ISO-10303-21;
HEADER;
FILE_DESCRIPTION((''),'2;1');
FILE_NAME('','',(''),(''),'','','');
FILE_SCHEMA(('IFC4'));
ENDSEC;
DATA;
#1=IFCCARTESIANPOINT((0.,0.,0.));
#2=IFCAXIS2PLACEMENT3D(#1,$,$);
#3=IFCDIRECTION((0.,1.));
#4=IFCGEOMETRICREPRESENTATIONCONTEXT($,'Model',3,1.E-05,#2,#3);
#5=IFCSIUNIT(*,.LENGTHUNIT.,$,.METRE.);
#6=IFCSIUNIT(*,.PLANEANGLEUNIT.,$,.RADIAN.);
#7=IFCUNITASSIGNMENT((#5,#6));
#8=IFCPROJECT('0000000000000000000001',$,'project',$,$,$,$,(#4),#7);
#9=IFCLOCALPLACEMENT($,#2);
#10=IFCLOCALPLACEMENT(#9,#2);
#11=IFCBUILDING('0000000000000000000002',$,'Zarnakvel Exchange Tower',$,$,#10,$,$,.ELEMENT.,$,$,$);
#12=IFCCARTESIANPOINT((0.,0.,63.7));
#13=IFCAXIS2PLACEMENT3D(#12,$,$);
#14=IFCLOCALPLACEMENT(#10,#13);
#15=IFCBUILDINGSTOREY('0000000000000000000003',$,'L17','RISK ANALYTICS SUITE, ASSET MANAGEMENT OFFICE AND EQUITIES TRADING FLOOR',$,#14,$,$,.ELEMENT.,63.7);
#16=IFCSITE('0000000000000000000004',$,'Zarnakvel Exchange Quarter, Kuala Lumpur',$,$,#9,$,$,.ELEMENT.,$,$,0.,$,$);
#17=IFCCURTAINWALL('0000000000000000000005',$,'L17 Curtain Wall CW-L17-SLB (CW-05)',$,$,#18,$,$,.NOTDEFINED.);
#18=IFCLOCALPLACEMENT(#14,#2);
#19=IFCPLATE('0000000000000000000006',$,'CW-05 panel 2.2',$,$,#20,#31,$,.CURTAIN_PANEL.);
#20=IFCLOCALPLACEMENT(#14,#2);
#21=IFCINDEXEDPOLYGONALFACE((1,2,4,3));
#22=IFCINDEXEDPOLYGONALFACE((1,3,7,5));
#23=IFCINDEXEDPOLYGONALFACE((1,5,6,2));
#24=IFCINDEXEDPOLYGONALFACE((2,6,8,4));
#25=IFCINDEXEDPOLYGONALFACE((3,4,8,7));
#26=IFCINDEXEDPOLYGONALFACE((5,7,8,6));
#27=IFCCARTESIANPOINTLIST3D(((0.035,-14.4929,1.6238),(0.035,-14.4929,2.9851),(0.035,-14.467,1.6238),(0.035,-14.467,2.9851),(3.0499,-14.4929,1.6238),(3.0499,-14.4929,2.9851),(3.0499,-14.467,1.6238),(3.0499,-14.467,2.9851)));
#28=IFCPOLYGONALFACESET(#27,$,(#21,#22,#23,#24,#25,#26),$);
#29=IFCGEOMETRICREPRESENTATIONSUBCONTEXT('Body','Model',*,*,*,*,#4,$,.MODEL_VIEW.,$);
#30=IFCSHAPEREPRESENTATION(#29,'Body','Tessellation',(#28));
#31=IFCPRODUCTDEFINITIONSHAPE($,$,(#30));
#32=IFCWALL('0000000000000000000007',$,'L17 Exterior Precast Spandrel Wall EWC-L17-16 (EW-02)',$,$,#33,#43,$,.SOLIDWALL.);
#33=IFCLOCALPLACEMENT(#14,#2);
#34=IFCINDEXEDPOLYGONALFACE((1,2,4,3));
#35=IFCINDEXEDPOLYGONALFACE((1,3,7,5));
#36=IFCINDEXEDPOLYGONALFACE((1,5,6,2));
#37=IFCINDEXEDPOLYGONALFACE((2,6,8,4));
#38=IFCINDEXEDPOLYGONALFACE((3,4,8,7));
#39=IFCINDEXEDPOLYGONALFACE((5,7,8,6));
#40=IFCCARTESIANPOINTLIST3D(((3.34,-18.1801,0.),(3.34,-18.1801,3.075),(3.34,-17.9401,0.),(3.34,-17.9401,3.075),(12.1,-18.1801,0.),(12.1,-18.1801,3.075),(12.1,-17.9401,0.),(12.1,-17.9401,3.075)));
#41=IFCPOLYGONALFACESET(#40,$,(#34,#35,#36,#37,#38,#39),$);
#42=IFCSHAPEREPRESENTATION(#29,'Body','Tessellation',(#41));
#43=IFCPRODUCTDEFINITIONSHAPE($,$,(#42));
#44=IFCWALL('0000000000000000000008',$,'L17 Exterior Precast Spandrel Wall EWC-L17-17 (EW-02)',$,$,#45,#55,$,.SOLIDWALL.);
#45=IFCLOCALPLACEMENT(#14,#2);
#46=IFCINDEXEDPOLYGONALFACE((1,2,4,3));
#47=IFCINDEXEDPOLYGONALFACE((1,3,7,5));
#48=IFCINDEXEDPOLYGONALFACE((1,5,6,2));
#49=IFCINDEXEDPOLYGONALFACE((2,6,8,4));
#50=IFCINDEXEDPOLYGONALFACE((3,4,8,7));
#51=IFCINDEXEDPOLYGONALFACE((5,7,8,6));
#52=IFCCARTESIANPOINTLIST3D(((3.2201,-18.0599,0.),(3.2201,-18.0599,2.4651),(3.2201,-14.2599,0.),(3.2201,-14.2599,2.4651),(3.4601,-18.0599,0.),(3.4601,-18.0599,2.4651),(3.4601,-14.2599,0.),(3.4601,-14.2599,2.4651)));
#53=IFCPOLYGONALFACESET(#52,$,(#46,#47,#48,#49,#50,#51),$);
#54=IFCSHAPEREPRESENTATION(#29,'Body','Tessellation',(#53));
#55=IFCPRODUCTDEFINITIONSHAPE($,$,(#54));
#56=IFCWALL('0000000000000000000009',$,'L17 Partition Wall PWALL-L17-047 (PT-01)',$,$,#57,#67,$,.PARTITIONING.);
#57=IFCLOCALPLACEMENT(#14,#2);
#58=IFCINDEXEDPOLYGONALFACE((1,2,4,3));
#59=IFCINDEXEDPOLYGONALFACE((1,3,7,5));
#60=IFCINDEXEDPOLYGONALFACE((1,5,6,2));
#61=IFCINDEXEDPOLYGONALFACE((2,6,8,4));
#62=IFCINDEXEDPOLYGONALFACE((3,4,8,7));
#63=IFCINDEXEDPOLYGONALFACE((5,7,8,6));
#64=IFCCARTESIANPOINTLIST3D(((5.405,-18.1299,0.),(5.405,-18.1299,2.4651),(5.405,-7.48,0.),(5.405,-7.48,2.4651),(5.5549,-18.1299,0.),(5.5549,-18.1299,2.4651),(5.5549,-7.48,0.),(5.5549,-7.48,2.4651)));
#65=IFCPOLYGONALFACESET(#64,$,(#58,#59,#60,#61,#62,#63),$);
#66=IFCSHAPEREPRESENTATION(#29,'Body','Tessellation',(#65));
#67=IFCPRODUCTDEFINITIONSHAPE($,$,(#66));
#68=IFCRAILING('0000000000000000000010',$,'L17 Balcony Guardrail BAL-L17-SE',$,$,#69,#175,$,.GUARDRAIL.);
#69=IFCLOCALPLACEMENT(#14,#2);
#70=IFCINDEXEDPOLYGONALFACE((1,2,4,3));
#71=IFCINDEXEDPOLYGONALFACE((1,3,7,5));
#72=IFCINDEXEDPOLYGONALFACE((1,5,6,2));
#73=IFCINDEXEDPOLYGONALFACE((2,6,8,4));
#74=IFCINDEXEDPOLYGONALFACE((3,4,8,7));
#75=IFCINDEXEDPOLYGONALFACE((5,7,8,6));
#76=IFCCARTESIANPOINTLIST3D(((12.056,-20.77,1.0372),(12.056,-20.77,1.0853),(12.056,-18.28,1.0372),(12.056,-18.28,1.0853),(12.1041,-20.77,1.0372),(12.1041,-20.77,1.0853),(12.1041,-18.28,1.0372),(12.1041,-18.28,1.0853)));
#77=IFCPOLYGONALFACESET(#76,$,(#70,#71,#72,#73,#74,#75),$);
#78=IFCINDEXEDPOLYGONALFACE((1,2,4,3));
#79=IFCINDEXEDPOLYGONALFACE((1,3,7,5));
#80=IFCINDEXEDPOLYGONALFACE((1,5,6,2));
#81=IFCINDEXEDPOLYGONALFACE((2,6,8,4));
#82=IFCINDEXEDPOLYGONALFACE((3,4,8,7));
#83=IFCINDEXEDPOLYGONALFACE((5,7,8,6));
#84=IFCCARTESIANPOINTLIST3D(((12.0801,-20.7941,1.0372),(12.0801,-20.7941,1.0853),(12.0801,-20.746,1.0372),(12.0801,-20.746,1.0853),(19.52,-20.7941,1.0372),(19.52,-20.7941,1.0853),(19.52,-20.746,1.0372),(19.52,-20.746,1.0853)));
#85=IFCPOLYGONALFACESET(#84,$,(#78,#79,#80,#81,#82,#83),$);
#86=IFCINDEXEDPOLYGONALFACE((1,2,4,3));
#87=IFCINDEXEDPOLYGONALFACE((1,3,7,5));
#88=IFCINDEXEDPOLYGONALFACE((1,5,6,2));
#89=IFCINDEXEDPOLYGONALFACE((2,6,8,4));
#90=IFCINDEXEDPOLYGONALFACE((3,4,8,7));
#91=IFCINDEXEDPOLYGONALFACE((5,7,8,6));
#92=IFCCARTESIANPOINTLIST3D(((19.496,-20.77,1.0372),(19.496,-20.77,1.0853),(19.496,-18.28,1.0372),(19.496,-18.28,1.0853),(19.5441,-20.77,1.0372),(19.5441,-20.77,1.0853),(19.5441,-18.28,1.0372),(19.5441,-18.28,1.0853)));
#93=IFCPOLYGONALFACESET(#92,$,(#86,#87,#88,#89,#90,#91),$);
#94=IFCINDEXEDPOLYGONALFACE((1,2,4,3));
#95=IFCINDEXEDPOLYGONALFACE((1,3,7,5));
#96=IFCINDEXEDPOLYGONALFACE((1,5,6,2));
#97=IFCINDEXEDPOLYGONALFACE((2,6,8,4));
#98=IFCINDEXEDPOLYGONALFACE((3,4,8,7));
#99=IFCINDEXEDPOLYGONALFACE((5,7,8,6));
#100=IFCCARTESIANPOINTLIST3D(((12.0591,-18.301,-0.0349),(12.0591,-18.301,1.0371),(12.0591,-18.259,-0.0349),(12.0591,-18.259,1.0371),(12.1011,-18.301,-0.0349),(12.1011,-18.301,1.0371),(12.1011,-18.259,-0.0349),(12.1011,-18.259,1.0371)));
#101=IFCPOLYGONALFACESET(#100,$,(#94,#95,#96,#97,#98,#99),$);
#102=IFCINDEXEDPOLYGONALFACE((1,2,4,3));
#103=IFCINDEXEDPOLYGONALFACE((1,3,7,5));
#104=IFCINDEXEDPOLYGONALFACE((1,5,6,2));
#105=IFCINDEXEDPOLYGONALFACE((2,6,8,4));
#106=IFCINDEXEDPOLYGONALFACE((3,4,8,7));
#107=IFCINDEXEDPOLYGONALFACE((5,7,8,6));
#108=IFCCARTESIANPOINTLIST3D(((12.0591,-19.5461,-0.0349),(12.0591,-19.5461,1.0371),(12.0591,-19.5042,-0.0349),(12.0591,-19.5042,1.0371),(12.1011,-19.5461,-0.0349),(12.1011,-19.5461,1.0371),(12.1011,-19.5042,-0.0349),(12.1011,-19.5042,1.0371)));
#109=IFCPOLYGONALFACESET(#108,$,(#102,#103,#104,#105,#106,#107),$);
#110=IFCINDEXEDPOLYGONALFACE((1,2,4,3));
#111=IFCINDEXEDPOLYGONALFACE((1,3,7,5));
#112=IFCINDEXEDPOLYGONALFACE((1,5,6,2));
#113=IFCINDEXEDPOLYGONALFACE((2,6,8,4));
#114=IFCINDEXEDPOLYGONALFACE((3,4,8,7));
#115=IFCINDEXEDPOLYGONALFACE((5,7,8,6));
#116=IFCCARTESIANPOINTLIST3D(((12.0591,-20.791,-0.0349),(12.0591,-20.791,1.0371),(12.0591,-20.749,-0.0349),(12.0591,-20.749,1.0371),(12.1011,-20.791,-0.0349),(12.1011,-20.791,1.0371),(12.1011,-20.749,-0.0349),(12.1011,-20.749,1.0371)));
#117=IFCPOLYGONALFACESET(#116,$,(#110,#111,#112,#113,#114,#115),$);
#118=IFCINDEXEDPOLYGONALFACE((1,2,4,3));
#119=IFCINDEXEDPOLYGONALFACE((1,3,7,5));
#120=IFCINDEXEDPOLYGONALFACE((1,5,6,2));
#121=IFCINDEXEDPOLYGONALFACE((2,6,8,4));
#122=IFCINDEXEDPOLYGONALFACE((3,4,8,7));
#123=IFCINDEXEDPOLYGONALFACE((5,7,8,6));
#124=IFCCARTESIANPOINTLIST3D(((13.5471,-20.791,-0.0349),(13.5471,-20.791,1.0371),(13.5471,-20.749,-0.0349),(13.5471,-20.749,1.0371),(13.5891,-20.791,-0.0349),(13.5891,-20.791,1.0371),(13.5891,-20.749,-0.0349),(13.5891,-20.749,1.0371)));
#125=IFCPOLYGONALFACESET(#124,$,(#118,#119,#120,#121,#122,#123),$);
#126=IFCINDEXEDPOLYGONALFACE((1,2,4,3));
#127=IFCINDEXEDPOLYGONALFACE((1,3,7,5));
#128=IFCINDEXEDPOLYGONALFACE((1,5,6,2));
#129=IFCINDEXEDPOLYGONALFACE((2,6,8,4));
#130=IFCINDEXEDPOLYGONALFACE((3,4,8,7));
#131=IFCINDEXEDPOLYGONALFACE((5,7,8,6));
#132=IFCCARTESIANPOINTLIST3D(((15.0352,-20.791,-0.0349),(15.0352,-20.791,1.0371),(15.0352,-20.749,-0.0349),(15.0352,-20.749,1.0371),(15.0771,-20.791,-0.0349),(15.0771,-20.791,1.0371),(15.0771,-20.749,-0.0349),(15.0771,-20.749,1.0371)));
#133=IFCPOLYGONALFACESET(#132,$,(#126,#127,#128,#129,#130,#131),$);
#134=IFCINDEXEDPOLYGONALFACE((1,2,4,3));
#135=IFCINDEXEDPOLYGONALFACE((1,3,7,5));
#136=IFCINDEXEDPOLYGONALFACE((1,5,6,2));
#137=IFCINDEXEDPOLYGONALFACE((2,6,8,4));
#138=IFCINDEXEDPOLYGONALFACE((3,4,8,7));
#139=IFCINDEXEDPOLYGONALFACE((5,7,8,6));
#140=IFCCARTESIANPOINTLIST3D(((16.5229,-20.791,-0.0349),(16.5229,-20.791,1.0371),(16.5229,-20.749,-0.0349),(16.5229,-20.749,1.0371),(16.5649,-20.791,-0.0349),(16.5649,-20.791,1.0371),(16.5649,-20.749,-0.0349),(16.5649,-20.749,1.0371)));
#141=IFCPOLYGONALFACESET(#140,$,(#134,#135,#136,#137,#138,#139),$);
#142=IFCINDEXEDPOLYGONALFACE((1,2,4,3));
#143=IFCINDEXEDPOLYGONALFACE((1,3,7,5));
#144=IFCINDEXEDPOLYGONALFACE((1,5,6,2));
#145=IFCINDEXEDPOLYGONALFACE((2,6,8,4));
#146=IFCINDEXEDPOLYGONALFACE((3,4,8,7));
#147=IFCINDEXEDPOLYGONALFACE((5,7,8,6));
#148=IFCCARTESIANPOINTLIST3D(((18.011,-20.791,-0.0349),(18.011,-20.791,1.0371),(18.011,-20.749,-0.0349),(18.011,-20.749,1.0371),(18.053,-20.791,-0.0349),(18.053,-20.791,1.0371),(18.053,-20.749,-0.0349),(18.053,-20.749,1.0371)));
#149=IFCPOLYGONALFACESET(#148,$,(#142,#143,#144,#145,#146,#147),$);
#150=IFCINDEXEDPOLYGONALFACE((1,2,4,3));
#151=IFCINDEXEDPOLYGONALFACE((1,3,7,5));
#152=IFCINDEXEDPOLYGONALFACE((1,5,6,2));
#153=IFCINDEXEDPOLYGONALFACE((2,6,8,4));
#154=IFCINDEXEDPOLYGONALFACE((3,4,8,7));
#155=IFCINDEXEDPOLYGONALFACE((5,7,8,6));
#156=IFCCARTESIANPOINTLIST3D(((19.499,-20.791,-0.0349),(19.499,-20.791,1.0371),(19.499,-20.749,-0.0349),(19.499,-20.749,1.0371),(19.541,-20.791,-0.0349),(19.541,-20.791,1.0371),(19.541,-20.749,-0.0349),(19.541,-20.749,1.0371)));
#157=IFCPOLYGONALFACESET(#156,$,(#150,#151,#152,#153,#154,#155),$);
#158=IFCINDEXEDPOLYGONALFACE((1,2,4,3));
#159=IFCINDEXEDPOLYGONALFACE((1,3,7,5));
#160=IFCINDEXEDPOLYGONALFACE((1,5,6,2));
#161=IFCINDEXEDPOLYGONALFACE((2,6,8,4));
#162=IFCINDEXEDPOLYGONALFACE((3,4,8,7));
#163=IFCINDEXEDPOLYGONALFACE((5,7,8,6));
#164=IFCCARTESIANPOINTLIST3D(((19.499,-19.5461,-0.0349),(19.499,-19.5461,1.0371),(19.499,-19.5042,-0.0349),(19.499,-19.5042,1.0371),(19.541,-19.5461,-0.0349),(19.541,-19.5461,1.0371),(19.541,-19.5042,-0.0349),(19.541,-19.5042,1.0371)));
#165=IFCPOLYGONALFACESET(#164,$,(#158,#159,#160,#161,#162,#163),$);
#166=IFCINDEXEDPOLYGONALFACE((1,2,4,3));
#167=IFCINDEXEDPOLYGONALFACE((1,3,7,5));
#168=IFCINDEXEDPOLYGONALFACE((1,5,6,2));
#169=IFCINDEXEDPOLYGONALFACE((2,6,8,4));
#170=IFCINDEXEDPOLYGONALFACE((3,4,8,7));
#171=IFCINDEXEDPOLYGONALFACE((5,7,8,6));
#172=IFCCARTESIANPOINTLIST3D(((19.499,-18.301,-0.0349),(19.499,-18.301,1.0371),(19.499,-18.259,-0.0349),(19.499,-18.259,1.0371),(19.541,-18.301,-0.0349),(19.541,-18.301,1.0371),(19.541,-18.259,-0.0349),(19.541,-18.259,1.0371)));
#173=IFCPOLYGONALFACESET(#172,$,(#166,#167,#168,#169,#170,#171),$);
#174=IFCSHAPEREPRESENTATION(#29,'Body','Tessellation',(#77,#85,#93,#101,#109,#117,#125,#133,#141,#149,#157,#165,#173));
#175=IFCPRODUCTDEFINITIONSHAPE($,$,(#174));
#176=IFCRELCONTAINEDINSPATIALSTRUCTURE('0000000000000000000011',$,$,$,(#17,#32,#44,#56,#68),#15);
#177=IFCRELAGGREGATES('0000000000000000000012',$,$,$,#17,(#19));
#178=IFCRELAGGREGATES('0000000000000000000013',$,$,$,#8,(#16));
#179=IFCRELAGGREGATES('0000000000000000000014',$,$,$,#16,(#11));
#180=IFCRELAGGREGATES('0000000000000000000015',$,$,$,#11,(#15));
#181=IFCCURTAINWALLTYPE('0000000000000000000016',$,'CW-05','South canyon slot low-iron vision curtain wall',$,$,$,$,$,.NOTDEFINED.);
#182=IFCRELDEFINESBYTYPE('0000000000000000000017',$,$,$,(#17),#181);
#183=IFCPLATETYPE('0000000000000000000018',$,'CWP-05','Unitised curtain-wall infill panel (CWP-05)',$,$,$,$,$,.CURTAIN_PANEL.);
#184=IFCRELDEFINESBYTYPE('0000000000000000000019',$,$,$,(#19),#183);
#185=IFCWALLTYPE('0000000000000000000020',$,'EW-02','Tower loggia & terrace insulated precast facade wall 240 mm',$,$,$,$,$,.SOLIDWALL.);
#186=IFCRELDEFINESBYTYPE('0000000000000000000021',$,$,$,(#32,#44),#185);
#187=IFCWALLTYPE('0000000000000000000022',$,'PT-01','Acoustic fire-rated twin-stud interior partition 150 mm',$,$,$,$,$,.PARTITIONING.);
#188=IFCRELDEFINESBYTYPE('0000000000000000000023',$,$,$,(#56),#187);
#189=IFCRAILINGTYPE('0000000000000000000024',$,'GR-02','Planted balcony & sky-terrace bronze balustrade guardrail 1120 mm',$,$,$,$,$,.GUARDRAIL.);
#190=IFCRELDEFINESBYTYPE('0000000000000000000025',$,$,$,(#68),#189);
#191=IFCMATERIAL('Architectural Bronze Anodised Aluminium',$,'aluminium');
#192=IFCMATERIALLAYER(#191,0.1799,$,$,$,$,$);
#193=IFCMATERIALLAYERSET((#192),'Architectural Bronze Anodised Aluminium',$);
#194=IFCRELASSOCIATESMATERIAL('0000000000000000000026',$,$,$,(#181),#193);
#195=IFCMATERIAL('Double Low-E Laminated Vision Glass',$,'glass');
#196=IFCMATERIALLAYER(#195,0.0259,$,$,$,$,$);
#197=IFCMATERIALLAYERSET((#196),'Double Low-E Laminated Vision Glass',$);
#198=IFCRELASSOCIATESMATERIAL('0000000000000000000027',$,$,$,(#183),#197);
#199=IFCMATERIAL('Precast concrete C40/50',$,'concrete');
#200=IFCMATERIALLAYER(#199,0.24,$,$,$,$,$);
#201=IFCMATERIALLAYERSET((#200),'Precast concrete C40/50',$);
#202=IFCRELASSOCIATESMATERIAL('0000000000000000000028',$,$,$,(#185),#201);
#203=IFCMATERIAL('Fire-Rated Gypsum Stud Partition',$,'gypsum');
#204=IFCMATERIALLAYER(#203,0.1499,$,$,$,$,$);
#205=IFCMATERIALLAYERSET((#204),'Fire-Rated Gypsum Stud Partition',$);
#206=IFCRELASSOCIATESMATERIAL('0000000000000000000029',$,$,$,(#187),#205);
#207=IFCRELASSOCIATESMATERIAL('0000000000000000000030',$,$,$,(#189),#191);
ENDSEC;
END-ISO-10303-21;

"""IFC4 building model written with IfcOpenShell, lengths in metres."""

from ifc_helpers import new_model, si_unit, direction, frame, frame_2d, origin, origin_2d, place, context, subcontext, project, spatial, rectangle, extrude, source, transform, mapped, material, layer, layer_set, type_object, element, aggregate, save


model = new_model("IFC4")

# Units and contexts
model_context = context("Model", 3, precision=1e-05, world=origin(), true_north=direction((0.0, 1.0)))
body_context = subcontext(model_context, "Body", "Model", "MODEL_VIEW")
ifc_project = project(units=[si_unit("LENGTHUNIT", "METRE"), si_unit("PLANEANGLEUNIT", "RADIAN")], contexts=[model_context])

# Site, building, storey
site_placement = place(None, origin())
site = spatial("IfcSite", under=ifc_project, at=site_placement, Name="Zarnakvel Exchange Quarter, Kuala Lumpur", CompositionType="ELEMENT", RefElevation=0.0)
building_placement = place(site_placement, origin())
building = spatial("IfcBuilding", under=site, at=building_placement, Name="Zarnakvel Exchange Tower", CompositionType="ELEMENT")
storey_placement = place(building_placement, frame((0.0, 0.0, 63.7)))
storey = spatial("IfcBuildingStorey", under=building, at=storey_placement, Name="L17", Description="RISK ANALYTICS SUITE, ASSET MANAGEMENT OFFICE AND EQUITIES TRADING FLOOR", CompositionType="ELEMENT", Elevation=63.7)

# Curtain wall
ifc_material_1 = material(Name="Architectural Bronze Anodised Aluminium", Category="aluminium")
ifc_layer_1 = layer(ifc_material_1, 0.1799)
ifc_layer_set_1 = layer_set([ifc_layer_1], Name="Architectural Bronze Anodised Aluminium")
curtain_wall_type = type_object("IfcCurtainWallType", Name="CW-05", Description="South canyon slot low-iron vision curtain wall", PredefinedType="NOTDEFINED", material=ifc_layer_set_1)
curtain_wall_1_placement = place(storey_placement, origin())
curtain_wall_1 = element("IfcCurtainWall", 1, at=curtain_wall_1_placement, inside=storey, type_object=curtain_wall_type, Name="L17 Curtain Wall CW-L17-SLB (CW-05)", PredefinedType="NOTDEFINED")

# Plate
ifc_material_2 = material(Name="Double Low-E Laminated Vision Glass", Category="glass")
ifc_layer_2 = layer(ifc_material_2, 0.0259)
ifc_layer_set_2 = layer_set([ifc_layer_2], Name="Double Low-E Laminated Vision Glass")
plate_type = type_object("IfcPlateType", Name="CWP-05", Description="Unitised curtain-wall infill panel (CWP-05)", PredefinedType="CURTAIN_PANEL", material=ifc_layer_set_2)
shared_shape_1 = source(origin(), body_context, "Body", "SweptSolid", [
    extrude(rectangle(XDim=3.0149, YDim=0.0259, at=origin_2d()), origin(), (0.0, 0.0, 1.0), 1.3613),
])
plate_1_placement = place(storey_placement, frame((1.5425, -14.48, 1.6238), z_axis=(0.0, 0.0, 1.0), x_axis=(1.0, 0.0, 0.0)))
plate_1 = element("IfcPlate", 2, at=plate_1_placement, type_object=plate_type, Name="CW-05 panel 2.2", PredefinedType="CURTAIN_PANEL", context=body_context, shape_type="MappedRepresentation", body=[
    mapped(shared_shape_1, transform((0.0, 0.0, 0.0), x_axis=(1.0, 0.0, 0.0), y_axis=(0.0, 1.0, 0.0), z_axis=(0.0, 0.0, 1.0), scale=1.0)),
])
aggregate(curtain_wall_1, [plate_1])

# Walls
ifc_material_3 = material(Name="Precast concrete C40/50", Category="concrete")
ifc_layer_3 = layer(ifc_material_3, 0.24)
ifc_layer_set_3 = layer_set([ifc_layer_3], Name="Precast concrete C40/50")
wall_type_1 = type_object("IfcWallType", Name="EW-02", Description="Tower loggia & terrace insulated precast facade wall 240 mm", PredefinedType="SOLIDWALL", material=ifc_layer_set_3)
wall_1_placement = place(storey_placement, frame((3.3401, -18.0601, 0.0), z_axis=(0.0, 0.0, 1.0), x_axis=(1.0, 0.0, 0.0)))
element("IfcWall", 3, at=wall_1_placement, inside=storey, type_object=wall_type_1, Name="L17 Exterior Precast Spandrel Wall EWC-L17-16 (EW-02)", PredefinedType="SOLIDWALL", context=body_context, shape_type="SweptSolid", body=[
    extrude(rectangle(XDim=8.76, YDim=0.24, at=frame_2d((4.3799, 0.0))), origin(), (0.0, 0.0, 1.0), 3.075),
])
wall_2_placement = place(storey_placement, frame((3.3401, -14.26, 0.0), z_axis=(0.0, 0.0, 1.0), x_axis=(0.0, -1.0, 0.0)))
element("IfcWall", 4, at=wall_2_placement, inside=storey, type_object=wall_type_1, Name="L17 Exterior Precast Spandrel Wall EWC-L17-17 (EW-02)", PredefinedType="SOLIDWALL", context=body_context, shape_type="SweptSolid", body=[
    extrude(rectangle(XDim=3.8, YDim=0.24, at=frame_2d((1.8999, 0.0))), origin(), (0.0, 0.0, 1.0), 2.4651),
])
ifc_material_4 = material(Name="Fire-Rated Gypsum Stud Partition", Category="gypsum")
ifc_layer_4 = layer(ifc_material_4, 0.1499)
ifc_layer_set_4 = layer_set([ifc_layer_4], Name="Fire-Rated Gypsum Stud Partition")
wall_type_2 = type_object("IfcWallType", Name="PT-01", Description="Acoustic fire-rated twin-stud interior partition 150 mm", PredefinedType="PARTITIONING", material=ifc_layer_set_4)
wall_3_placement = place(storey_placement, frame((5.48, -18.1299, 0.0), z_axis=(0.0, 0.0, 1.0), x_axis=(0.0, 1.0, 0.0)))
element("IfcWall", 5, at=wall_3_placement, inside=storey, type_object=wall_type_2, Name="L17 Partition Wall PWALL-L17-047 (PT-01)", PredefinedType="PARTITIONING", context=body_context, shape_type="SweptSolid", body=[
    extrude(rectangle(XDim=10.6499, YDim=0.1499, at=frame_2d((5.325, 0.0))), origin(), (0.0, 0.0, 1.0), 2.4651),
])

# Railing
railing_type = type_object("IfcRailingType", Name="GR-02", Description="Planted balcony & sky-terrace bronze balustrade guardrail 1120 mm", PredefinedType="GUARDRAIL", material=ifc_material_1)
railing_placement = place(storey_placement, frame((12.0801, -18.28, -0.0349)))
element("IfcRailing", 6, at=railing_placement, inside=storey, type_object=railing_type, Name="L17 Balcony Guardrail BAL-L17-SE", PredefinedType="GUARDRAIL", context=body_context, shape_type="SweptSolid", body=[
    extrude(rectangle(XDim=0.0481, YDim=0.0481, at=origin_2d()), frame((0.0, 0.0, 1.0962), z_axis=(0.0, -1.0, 0.0), x_axis=(1.0, 0.0, 0.0)), (0.0, 0.0, 1.0), 2.49),
    extrude(rectangle(XDim=0.0481, YDim=0.0481, at=origin_2d()), frame((0.0, -2.49, 1.0962), z_axis=(1.0, 0.0, 0.0), x_axis=(0.0, 1.0, 0.0)), (0.0, 0.0, 1.0), 7.4399),
    extrude(rectangle(XDim=0.0481, YDim=0.0481, at=origin_2d()), frame((7.4399, -2.49, 1.0962), z_axis=(0.0, 1.0, 0.0), x_axis=(-1.0, 0.0, 0.0)), (0.0, 0.0, 1.0), 2.49),
    extrude(rectangle(XDim=0.042, YDim=0.042, at=origin_2d()), origin(), (0.0, 0.0, 1.0), 1.072),
    extrude(rectangle(XDim=0.042, YDim=0.042, at=origin_2d()), frame((0.0, -1.2451, 0.0)), (0.0, 0.0, 1.0), 1.072),
    extrude(rectangle(XDim=0.042, YDim=0.042, at=origin_2d()), frame((0.0, -2.49, 0.0)), (0.0, 0.0, 1.0), 1.072),
    extrude(rectangle(XDim=0.042, YDim=0.042, at=origin_2d()), frame((1.488, -2.49, 0.0)), (0.0, 0.0, 1.0), 1.072),
    extrude(rectangle(XDim=0.042, YDim=0.042, at=origin_2d()), frame((2.9761, -2.49, 0.0)), (0.0, 0.0, 1.0), 1.072),
    extrude(rectangle(XDim=0.042, YDim=0.042, at=origin_2d()), frame((4.4639, -2.49, 0.0)), (0.0, 0.0, 1.0), 1.072),
    extrude(rectangle(XDim=0.042, YDim=0.042, at=origin_2d()), frame((5.9519, -2.49, 0.0)), (0.0, 0.0, 1.0), 1.072),
    extrude(rectangle(XDim=0.042, YDim=0.042, at=origin_2d()), frame((7.4399, -2.49, 0.0)), (0.0, 0.0, 1.0), 1.072),
    extrude(rectangle(XDim=0.042, YDim=0.042, at=origin_2d()), frame((7.4399, -1.2451, 0.0)), (0.0, 0.0, 1.0), 1.072),
    extrude(rectangle(XDim=0.042, YDim=0.042, at=origin_2d()), frame((7.4399, 0.0, 0.0)), (0.0, 0.0, 1.0), 1.072),
])

save(model, "model.ifc")
